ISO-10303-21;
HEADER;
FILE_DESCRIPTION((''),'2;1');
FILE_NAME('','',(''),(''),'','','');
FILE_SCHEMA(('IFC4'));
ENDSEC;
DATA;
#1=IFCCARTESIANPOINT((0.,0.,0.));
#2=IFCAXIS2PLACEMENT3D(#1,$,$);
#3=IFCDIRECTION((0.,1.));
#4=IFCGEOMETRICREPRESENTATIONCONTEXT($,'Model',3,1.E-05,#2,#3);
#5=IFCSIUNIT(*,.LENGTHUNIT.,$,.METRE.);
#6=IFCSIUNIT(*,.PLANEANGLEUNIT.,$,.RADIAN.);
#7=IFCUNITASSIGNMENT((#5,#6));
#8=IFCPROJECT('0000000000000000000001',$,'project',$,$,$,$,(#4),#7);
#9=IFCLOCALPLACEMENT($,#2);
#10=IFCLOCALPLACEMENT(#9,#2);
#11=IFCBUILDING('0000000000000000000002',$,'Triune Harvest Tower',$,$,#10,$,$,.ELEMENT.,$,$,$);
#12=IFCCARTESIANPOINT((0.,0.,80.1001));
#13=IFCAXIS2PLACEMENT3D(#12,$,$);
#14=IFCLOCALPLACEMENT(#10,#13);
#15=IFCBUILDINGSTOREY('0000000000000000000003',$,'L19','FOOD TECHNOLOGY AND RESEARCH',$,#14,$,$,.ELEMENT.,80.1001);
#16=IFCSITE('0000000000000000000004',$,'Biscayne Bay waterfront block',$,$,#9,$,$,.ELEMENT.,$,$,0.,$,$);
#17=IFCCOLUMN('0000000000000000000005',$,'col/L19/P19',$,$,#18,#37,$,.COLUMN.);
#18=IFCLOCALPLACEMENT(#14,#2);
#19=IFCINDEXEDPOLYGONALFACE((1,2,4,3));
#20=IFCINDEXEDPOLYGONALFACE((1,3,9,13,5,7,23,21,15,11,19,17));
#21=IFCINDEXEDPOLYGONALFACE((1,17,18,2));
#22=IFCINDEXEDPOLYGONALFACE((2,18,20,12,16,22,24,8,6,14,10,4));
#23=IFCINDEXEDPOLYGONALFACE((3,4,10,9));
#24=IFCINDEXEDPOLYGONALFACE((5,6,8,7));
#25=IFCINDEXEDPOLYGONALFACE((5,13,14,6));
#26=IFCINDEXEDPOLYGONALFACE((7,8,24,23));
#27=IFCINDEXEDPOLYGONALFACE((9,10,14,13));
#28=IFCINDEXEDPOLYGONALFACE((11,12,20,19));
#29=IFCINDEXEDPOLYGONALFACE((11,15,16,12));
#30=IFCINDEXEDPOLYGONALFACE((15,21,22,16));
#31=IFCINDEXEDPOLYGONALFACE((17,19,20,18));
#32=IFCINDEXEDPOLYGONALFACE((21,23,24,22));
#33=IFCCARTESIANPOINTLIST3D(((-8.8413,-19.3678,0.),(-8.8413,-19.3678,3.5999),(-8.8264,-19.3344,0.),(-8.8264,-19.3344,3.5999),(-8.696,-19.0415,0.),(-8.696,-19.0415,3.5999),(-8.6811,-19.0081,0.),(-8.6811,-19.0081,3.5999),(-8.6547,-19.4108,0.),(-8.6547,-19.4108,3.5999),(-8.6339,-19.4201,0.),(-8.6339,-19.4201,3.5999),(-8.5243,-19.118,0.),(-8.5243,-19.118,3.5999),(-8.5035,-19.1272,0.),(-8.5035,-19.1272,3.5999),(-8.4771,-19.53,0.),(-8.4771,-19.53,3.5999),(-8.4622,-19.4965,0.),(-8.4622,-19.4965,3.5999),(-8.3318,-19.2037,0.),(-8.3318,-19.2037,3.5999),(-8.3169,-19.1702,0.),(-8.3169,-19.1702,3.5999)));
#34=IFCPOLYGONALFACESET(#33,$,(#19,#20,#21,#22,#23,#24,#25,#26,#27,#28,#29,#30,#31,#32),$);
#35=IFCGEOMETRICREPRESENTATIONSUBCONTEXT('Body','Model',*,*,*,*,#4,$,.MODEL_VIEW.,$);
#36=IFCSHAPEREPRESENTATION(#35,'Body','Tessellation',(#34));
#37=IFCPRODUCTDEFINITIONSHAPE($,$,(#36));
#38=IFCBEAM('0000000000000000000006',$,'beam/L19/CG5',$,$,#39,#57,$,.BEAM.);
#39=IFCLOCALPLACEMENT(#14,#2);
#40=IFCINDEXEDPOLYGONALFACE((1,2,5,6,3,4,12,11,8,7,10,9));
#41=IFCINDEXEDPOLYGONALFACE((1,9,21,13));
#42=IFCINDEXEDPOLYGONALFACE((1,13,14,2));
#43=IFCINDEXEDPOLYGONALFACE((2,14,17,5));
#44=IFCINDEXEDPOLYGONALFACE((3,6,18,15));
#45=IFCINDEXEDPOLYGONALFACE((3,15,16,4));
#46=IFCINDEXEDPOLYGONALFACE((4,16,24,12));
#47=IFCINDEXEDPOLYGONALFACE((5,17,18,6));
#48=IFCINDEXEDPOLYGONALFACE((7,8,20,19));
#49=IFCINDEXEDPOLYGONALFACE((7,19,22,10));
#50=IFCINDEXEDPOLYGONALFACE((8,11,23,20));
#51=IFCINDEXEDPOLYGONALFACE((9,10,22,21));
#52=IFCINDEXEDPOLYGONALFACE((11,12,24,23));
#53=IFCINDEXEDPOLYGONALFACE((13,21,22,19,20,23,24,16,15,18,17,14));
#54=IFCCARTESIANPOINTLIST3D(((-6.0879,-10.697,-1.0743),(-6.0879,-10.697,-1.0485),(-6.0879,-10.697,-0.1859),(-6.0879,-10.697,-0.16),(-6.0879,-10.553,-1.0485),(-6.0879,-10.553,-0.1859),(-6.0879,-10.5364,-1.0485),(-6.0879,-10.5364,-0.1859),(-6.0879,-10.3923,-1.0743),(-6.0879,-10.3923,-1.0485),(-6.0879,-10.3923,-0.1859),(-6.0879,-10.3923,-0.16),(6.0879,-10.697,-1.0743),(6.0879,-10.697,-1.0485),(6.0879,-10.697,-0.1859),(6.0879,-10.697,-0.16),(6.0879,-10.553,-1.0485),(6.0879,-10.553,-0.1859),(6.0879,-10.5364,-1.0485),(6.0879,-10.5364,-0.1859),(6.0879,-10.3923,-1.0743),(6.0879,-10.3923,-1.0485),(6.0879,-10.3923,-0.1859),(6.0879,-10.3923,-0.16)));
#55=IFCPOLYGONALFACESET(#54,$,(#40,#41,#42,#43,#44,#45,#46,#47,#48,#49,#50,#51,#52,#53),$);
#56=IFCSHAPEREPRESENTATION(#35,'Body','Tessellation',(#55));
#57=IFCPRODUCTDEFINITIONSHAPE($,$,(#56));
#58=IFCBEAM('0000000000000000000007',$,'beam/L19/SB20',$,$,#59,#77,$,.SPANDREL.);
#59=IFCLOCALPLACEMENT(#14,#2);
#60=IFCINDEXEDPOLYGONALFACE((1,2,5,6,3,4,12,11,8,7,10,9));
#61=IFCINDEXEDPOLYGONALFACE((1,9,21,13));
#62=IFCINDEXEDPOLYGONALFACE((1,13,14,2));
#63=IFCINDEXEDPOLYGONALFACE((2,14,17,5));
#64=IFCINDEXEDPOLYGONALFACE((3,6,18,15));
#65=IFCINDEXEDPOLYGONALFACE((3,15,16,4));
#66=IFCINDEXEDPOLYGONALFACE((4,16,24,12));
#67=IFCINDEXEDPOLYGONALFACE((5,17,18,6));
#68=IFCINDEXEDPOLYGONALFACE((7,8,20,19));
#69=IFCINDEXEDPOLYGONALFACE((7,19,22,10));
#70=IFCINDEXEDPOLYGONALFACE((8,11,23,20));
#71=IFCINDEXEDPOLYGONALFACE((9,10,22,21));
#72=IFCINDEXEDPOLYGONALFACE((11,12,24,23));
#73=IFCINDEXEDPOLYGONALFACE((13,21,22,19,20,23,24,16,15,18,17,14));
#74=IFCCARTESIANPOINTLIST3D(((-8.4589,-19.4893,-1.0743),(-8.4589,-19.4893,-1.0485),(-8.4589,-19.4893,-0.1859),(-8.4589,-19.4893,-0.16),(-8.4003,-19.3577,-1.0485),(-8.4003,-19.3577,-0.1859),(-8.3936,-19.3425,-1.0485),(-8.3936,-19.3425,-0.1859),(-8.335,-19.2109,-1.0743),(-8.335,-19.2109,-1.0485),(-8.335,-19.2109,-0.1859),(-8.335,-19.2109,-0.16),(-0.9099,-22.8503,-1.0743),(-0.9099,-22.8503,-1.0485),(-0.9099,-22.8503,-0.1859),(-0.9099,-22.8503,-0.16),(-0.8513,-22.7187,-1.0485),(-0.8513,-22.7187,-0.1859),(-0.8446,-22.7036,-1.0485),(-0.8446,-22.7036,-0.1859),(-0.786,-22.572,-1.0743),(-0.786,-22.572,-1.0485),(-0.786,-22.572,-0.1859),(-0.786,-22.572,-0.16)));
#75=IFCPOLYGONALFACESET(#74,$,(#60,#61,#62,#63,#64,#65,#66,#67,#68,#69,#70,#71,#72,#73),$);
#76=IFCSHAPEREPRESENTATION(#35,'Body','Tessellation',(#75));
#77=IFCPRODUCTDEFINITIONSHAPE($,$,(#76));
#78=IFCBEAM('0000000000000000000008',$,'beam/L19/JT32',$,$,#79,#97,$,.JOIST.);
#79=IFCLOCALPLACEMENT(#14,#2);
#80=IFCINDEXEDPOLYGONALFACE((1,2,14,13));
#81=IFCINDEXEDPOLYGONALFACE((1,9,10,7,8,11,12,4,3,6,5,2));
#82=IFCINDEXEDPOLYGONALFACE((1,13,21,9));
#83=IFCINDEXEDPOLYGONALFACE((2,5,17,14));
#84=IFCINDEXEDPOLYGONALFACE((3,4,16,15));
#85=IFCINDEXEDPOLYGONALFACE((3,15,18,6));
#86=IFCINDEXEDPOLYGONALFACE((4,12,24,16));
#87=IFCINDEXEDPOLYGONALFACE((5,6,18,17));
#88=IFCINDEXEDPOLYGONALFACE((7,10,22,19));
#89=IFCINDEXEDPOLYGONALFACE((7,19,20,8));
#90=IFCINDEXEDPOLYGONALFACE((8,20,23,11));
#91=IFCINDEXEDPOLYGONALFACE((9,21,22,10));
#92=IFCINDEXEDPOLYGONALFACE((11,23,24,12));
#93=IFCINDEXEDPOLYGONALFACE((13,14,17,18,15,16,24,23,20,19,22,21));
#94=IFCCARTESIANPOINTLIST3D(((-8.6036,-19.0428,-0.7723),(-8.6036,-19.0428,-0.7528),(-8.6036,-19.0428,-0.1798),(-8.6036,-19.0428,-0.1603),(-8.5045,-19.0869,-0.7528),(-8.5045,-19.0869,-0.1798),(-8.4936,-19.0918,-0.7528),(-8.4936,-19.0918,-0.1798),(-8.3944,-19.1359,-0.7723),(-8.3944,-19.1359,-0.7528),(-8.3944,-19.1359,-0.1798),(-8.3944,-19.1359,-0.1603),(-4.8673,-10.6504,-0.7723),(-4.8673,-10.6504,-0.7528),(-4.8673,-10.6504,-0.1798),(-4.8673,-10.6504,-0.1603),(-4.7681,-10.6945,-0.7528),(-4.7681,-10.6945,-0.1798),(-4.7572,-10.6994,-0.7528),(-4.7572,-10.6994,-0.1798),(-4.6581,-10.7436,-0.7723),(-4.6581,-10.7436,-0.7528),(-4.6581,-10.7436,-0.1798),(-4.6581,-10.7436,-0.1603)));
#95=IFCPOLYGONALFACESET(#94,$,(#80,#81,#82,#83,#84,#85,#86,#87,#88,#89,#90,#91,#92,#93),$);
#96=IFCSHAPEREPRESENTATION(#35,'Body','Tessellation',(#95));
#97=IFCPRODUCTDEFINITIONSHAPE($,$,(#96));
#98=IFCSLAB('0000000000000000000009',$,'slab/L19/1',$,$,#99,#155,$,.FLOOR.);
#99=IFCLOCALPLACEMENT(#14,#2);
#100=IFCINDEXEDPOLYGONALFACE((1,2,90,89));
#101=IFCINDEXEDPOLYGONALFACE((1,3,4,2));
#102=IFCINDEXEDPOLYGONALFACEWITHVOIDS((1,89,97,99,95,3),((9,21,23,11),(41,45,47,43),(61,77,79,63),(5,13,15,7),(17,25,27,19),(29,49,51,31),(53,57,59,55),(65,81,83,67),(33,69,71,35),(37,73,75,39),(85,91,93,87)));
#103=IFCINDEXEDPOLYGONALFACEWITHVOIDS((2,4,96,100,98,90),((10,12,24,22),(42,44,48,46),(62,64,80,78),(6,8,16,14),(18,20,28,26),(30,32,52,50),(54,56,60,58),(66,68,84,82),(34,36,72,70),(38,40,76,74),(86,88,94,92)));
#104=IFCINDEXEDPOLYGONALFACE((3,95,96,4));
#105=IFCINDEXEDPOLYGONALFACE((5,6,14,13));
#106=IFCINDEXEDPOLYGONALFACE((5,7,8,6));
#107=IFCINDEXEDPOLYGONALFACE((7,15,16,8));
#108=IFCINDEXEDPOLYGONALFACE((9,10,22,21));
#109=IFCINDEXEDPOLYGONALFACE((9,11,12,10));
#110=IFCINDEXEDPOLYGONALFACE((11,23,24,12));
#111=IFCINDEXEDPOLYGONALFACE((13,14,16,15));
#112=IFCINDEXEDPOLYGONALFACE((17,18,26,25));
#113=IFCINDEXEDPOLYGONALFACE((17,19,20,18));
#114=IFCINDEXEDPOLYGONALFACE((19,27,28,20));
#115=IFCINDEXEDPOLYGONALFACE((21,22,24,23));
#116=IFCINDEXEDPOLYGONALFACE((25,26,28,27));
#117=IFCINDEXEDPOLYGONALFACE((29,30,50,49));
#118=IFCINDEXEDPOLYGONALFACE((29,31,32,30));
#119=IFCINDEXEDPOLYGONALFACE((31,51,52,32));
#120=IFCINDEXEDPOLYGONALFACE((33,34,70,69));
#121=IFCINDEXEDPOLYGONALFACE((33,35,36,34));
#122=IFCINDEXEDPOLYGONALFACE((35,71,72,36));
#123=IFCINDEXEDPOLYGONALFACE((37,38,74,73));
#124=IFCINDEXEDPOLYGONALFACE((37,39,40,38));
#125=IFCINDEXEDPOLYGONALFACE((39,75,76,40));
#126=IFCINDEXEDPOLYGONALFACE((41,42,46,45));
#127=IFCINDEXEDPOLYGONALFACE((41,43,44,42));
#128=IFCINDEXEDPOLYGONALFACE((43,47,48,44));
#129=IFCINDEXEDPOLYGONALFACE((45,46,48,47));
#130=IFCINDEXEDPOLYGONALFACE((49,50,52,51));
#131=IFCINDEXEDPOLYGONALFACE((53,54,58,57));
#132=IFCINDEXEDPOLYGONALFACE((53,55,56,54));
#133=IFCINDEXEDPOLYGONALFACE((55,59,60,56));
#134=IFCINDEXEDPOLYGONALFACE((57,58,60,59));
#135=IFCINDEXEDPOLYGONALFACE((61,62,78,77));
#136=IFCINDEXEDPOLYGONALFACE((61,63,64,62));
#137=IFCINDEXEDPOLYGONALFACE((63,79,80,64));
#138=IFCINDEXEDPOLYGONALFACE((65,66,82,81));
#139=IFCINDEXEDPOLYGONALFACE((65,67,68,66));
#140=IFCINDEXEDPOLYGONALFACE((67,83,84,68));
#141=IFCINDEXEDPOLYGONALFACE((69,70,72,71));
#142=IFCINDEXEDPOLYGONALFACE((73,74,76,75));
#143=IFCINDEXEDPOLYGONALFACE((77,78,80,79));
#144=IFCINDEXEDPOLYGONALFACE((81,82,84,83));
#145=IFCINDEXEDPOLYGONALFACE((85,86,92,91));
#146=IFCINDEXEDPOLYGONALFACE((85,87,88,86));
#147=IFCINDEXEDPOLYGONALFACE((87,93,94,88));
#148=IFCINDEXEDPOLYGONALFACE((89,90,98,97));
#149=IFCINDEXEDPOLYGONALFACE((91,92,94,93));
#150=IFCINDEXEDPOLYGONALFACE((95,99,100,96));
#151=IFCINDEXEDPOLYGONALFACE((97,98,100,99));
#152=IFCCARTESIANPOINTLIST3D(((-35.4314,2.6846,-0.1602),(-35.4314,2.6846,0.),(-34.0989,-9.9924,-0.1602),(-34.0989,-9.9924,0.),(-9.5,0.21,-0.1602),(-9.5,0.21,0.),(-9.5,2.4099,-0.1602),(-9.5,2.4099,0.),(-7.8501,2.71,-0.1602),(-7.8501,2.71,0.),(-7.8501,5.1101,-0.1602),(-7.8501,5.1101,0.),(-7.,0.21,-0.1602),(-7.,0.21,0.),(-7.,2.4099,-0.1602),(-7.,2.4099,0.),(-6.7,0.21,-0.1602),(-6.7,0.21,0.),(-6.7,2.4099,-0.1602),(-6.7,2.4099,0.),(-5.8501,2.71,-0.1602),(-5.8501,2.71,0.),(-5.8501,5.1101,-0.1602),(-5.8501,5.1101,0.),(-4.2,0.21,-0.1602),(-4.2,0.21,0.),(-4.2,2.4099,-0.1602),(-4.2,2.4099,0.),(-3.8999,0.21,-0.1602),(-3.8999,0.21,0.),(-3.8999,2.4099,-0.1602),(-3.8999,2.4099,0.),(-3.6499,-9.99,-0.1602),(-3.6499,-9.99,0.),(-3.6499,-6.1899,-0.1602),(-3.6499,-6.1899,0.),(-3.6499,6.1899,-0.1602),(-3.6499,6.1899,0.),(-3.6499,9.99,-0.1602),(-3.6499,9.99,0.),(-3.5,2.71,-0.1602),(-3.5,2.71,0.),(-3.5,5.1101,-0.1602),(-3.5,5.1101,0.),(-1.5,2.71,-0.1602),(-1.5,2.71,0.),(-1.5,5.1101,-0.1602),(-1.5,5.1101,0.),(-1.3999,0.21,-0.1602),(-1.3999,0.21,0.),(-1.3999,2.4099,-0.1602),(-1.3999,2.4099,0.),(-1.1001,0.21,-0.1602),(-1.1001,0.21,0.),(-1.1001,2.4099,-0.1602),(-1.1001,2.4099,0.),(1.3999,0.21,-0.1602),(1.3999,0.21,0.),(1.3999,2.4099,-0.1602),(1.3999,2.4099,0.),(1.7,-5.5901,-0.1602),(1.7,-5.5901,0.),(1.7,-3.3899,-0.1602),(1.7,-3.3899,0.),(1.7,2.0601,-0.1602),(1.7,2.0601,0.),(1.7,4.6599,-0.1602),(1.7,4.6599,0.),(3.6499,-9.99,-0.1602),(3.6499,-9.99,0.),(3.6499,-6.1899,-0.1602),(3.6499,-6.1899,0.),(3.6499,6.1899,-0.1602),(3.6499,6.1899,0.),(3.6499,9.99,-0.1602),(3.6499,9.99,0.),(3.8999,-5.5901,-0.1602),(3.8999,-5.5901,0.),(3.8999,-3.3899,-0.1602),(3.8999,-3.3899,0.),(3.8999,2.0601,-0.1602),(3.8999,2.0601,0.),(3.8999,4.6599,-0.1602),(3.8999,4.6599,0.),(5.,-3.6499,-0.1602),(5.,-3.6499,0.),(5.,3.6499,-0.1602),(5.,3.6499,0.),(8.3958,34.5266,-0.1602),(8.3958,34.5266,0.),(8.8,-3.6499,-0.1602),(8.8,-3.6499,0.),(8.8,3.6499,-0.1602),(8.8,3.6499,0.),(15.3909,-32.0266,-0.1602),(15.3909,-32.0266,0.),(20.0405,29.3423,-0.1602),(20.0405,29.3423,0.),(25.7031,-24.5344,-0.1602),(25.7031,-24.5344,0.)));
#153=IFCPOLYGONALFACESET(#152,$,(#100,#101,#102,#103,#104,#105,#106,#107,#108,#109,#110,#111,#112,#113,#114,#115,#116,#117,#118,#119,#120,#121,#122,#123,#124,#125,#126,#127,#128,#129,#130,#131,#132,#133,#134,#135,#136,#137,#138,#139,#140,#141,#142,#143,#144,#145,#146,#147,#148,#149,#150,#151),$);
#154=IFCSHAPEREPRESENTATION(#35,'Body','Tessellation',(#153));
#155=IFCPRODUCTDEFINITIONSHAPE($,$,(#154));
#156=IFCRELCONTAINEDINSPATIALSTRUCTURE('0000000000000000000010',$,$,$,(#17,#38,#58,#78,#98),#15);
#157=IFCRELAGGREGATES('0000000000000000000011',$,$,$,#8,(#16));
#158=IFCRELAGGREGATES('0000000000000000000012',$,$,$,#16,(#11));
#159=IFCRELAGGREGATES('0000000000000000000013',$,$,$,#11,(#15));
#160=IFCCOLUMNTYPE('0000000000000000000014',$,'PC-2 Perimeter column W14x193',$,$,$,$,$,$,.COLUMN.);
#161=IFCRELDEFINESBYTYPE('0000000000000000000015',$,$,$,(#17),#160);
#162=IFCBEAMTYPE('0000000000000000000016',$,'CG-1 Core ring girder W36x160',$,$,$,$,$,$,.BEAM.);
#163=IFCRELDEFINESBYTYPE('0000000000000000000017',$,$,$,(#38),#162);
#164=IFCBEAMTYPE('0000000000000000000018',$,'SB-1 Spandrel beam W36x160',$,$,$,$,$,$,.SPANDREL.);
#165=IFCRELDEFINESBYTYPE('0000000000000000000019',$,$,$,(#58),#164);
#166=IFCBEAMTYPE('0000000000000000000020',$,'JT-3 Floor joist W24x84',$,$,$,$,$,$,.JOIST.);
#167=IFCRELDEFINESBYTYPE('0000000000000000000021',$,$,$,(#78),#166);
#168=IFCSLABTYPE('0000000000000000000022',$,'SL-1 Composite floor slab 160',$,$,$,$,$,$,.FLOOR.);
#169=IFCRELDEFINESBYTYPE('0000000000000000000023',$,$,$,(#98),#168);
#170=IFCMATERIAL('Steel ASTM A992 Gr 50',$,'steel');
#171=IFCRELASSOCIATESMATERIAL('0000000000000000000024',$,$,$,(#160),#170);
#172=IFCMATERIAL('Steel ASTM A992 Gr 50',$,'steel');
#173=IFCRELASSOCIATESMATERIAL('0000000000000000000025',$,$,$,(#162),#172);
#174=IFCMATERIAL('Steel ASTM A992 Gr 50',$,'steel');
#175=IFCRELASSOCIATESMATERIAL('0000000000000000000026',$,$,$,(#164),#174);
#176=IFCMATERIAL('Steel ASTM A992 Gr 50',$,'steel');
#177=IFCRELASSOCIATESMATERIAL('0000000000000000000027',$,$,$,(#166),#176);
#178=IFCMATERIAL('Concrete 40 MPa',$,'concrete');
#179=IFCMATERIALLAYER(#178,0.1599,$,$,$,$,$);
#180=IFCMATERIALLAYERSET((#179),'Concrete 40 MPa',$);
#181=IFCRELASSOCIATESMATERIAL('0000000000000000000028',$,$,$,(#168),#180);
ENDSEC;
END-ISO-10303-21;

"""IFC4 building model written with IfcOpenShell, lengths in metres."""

from ifc_helpers import new_model, si_unit, direction, frame, origin, origin_2d, place, context, subcontext, project, spatial, polyline, i_section, outline, extrude, source, transform, mapped, material, layer, layer_set, material_profile, profile_set, type_object, element, save


model = new_model("IFC4")

# Units and contexts
model_context = context("Model", 3, precision=1e-05, world=origin(), true_north=direction((0.0, 1.0)))
body_context = subcontext(model_context, "Body", "Model", "MODEL_VIEW")
ifc_project = project(units=[si_unit("LENGTHUNIT", "METRE"), si_unit("PLANEANGLEUNIT", "RADIAN")], contexts=[model_context])

# Site, building, storey
site_placement = place(None, origin())
site = spatial("IfcSite", under=ifc_project, at=site_placement, Name="Biscayne Bay waterfront block", CompositionType="ELEMENT", RefElevation=0.0)
building_placement = place(site_placement, origin())
building = spatial("IfcBuilding", under=site, at=building_placement, Name="Triune Harvest Tower", CompositionType="ELEMENT")
storey_placement = place(building_placement, frame((0.0, 0.0, 80.1001)))
storey = spatial("IfcBuildingStorey", under=building, at=storey_placement, Name="L19", Description="FOOD TECHNOLOGY AND RESEARCH", CompositionType="ELEMENT", Elevation=80.1001)

# Column
ifc_material_1 = material(Name="Steel ASTM A992 Gr 50", Category="steel")
ifc_material_profile_1 = material_profile(ifc_material_1, i_section(OverallWidth=0.3987, OverallDepth=0.3938, WebThickness=0.0227, FlangeThickness=0.0366, at=origin_2d()), Name="W14x193")
ifc_profile_set_1 = profile_set([ifc_material_profile_1], Name="Steel ASTM A992 Gr 50")
column_type = type_object("IfcColumnType", Name="PC-2 Perimeter column W14x193", PredefinedType="COLUMN", material=ifc_profile_set_1)
shared_shape_1 = source(origin(), body_context, "Body", "SweptSolid", [
    extrude(i_section(OverallWidth=0.3987, OverallDepth=0.3938, WebThickness=0.0227, FlangeThickness=0.0366, at=origin_2d()), origin(), (0.0, 0.0, 1.0), 3.5999),
])
column_placement = place(storey_placement, frame((-8.5791, -19.269, 0.0), z_axis=(0.0, 0.0, 1.0), x_axis=(0.913545, -0.406737, 0.0)))
element("IfcColumn", 1, at=column_placement, inside=storey, type_object=column_type, Name="col/L19/P19", PredefinedType="COLUMN", context=body_context, shape_type="MappedRepresentation", body=[
    mapped(shared_shape_1, transform((0.0, 0.0, 0.0), scale=1.0)),
])

# Beams
ifc_material_2 = material(Name="Steel ASTM A992 Gr 50", Category="steel")
ifc_material_profile_2 = material_profile(ifc_material_2, i_section(OverallWidth=0.3047, OverallDepth=0.9143, WebThickness=0.0166, FlangeThickness=0.0259, at=origin_2d()), Name="W36x160")
ifc_profile_set_2 = profile_set([ifc_material_profile_2], Name="Steel ASTM A992 Gr 50")
beam_type_1 = type_object("IfcBeamType", Name="CG-1 Core ring girder W36x160", PredefinedType="BEAM", material=ifc_profile_set_2)
shared_shape_2 = source(origin(), body_context, "Body", "SweptSolid", [
    extrude(i_section(OverallWidth=0.3047, OverallDepth=0.9143, WebThickness=0.0166, FlangeThickness=0.0259, at=origin_2d()), origin(), (0.0, 0.0, 1.0), 12.1758),
])
beam_1_placement = place(storey_placement, frame((-6.0879, -10.5447, -0.6172), z_axis=(1.0, 0.0, 0.0), x_axis=(0.0, 1.0, 0.0)))
element("IfcBeam", 2, at=beam_1_placement, inside=storey, type_object=beam_type_1, Name="beam/L19/CG5", PredefinedType="BEAM", context=body_context, shape_type="MappedRepresentation", body=[
    mapped(shared_shape_2, transform((0.0, 0.0, 0.0), scale=1.0)),
])
ifc_material_3 = material(Name="Steel ASTM A992 Gr 50", Category="steel")
ifc_material_profile_3 = material_profile(ifc_material_3, i_section(OverallWidth=0.3047, OverallDepth=0.9143, WebThickness=0.0166, FlangeThickness=0.0259, at=origin_2d()), Name="W36x160")
ifc_profile_set_3 = profile_set([ifc_material_profile_3], Name="Steel ASTM A992 Gr 50")
beam_type_2 = type_object("IfcBeamType", Name="SB-1 Spandrel beam W36x160", PredefinedType="SPANDREL", material=ifc_profile_set_3)
shared_shape_3 = source(origin(), body_context, "Body", "SweptSolid", [
    extrude(i_section(OverallWidth=0.3047, OverallDepth=0.9143, WebThickness=0.0166, FlangeThickness=0.0259, at=origin_2d()), origin(), (0.0, 0.0, 1.0), 8.2634),
])
beam_2_placement = place(storey_placement, frame((-8.397, -19.3501, -0.6172), z_axis=(0.913545, -0.406739, 0.0), x_axis=(0.406739, 0.913545, 0.0)))
element("IfcBeam", 3, at=beam_2_placement, inside=storey, type_object=beam_type_2, Name="beam/L19/SB20", PredefinedType="SPANDREL", context=body_context, shape_type="MappedRepresentation", body=[
    mapped(shared_shape_3, transform((0.0, 0.0, 0.0), scale=1.0)),
])
ifc_material_4 = material(Name="Steel ASTM A992 Gr 50", Category="steel")
ifc_material_profile_4 = material_profile(ifc_material_4, i_section(OverallWidth=0.229, OverallDepth=0.6121, WebThickness=0.012, FlangeThickness=0.0195, at=origin_2d()), Name="W24x84")
ifc_profile_set_4 = profile_set([ifc_material_profile_4], Name="Steel ASTM A992 Gr 50")
beam_type_3 = type_object("IfcBeamType", Name="JT-3 Floor joist W24x84", PredefinedType="JOIST", material=ifc_profile_set_4)
shared_shape_4 = source(origin(), body_context, "Body", "SweptSolid", [
    extrude(i_section(OverallWidth=0.229, OverallDepth=0.6121, WebThickness=0.012, FlangeThickness=0.0195, at=origin_2d()), origin(), (0.0, 0.0, 1.0), 9.1865),
])
beam_3_placement = place(storey_placement, frame((-8.499, -19.0894, -0.4663), z_axis=(0.40672, 0.913553, 0.0), x_axis=(-0.913553, 0.40672, 0.0)))
element("IfcBeam", 4, at=beam_3_placement, inside=storey, type_object=beam_type_3, Name="beam/L19/JT32", PredefinedType="JOIST", context=body_context, shape_type="MappedRepresentation", body=[
    mapped(shared_shape_4, transform((0.0, 0.0, 0.0), scale=1.0)),
])

# Slab
ifc_material_5 = material(Name="Concrete 40 MPa", Category="concrete")
ifc_layer_1 = layer(ifc_material_5, 0.1599)
ifc_layer_set_1 = layer_set([ifc_layer_1], Name="Concrete 40 MPa")
slab_type = type_object("IfcSlabType", Name="SL-1 Composite floor slab 160", PredefinedType="FLOOR", material=ifc_layer_set_1)
shared_shape_5 = source(origin(), body_context, "Body", "SweptSolid", [
    extrude(outline(polyline([(25.7031, -24.5344), (20.0405, 29.3423), (8.3958, 34.5266), (-35.4314, 2.6846), (-34.0989, -9.9924), (15.3909, -32.0266), (25.7031, -24.5344)]), holes=[polyline([(-7.0, 0.21), (-7.0, 2.4099), (-9.5, 2.4099), (-9.5, 0.21), (-7.0, 0.21)]), polyline([(-4.2, 0.21), (-4.2, 2.4099), (-6.7, 2.4099), (-6.7, 0.21), (-4.2, 0.21)]), polyline([(-1.3999, 0.21), (-1.3999, 2.4099), (-3.8999, 2.4099), (-3.8999, 0.21), (-1.3999, 0.21)]), polyline([(1.3999, 0.21), (1.3999, 2.4099), (-1.1001, 2.4099), (-1.1001, 0.21), (1.3999, 0.21)]), polyline([(3.8999, 2.0601), (3.8999, 4.6599), (1.7, 4.6599), (1.7, 2.0601), (3.8999, 2.0601)]), polyline([(3.8999, -5.5901), (3.8999, -3.3899), (1.7, -3.3899), (1.7, -5.5901), (3.8999, -5.5901)]), polyline([(-5.8501, 2.71), (-5.8501, 5.1101), (-7.8501, 5.1101), (-7.8501, 2.71), (-5.8501, 2.71)]), polyline([(-1.5, 2.71), (-1.5, 5.1101), (-3.5, 5.1101), (-3.5, 2.71), (-1.5, 2.71)]), polyline([(3.6499, 6.1899), (3.6499, 9.99), (-3.6499, 9.99), (-3.6499, 6.1899), (3.6499, 6.1899)]), polyline([(3.6499, -9.99), (3.6499, -6.1899), (-3.6499, -6.1899), (-3.6499, -9.99), (3.6499, -9.99)]), polyline([(8.8, -3.6499), (8.8, 3.6499), (5.0, 3.6499), (5.0, -3.6499), (8.8, -3.6499)])]), origin(), (0.0, 0.0, 1.0), 0.1602),
])
slab_placement = place(storey_placement, frame((0.0, 0.0, -0.1602)))
element("IfcSlab", 5, at=slab_placement, inside=storey, type_object=slab_type, Name="slab/L19/1", PredefinedType="FLOOR", context=body_context, shape_type="MappedRepresentation", body=[
    mapped(shared_shape_5, transform((0.0, 0.0, 0.0), scale=1.0)),
])

save(model, "model.ifc")
